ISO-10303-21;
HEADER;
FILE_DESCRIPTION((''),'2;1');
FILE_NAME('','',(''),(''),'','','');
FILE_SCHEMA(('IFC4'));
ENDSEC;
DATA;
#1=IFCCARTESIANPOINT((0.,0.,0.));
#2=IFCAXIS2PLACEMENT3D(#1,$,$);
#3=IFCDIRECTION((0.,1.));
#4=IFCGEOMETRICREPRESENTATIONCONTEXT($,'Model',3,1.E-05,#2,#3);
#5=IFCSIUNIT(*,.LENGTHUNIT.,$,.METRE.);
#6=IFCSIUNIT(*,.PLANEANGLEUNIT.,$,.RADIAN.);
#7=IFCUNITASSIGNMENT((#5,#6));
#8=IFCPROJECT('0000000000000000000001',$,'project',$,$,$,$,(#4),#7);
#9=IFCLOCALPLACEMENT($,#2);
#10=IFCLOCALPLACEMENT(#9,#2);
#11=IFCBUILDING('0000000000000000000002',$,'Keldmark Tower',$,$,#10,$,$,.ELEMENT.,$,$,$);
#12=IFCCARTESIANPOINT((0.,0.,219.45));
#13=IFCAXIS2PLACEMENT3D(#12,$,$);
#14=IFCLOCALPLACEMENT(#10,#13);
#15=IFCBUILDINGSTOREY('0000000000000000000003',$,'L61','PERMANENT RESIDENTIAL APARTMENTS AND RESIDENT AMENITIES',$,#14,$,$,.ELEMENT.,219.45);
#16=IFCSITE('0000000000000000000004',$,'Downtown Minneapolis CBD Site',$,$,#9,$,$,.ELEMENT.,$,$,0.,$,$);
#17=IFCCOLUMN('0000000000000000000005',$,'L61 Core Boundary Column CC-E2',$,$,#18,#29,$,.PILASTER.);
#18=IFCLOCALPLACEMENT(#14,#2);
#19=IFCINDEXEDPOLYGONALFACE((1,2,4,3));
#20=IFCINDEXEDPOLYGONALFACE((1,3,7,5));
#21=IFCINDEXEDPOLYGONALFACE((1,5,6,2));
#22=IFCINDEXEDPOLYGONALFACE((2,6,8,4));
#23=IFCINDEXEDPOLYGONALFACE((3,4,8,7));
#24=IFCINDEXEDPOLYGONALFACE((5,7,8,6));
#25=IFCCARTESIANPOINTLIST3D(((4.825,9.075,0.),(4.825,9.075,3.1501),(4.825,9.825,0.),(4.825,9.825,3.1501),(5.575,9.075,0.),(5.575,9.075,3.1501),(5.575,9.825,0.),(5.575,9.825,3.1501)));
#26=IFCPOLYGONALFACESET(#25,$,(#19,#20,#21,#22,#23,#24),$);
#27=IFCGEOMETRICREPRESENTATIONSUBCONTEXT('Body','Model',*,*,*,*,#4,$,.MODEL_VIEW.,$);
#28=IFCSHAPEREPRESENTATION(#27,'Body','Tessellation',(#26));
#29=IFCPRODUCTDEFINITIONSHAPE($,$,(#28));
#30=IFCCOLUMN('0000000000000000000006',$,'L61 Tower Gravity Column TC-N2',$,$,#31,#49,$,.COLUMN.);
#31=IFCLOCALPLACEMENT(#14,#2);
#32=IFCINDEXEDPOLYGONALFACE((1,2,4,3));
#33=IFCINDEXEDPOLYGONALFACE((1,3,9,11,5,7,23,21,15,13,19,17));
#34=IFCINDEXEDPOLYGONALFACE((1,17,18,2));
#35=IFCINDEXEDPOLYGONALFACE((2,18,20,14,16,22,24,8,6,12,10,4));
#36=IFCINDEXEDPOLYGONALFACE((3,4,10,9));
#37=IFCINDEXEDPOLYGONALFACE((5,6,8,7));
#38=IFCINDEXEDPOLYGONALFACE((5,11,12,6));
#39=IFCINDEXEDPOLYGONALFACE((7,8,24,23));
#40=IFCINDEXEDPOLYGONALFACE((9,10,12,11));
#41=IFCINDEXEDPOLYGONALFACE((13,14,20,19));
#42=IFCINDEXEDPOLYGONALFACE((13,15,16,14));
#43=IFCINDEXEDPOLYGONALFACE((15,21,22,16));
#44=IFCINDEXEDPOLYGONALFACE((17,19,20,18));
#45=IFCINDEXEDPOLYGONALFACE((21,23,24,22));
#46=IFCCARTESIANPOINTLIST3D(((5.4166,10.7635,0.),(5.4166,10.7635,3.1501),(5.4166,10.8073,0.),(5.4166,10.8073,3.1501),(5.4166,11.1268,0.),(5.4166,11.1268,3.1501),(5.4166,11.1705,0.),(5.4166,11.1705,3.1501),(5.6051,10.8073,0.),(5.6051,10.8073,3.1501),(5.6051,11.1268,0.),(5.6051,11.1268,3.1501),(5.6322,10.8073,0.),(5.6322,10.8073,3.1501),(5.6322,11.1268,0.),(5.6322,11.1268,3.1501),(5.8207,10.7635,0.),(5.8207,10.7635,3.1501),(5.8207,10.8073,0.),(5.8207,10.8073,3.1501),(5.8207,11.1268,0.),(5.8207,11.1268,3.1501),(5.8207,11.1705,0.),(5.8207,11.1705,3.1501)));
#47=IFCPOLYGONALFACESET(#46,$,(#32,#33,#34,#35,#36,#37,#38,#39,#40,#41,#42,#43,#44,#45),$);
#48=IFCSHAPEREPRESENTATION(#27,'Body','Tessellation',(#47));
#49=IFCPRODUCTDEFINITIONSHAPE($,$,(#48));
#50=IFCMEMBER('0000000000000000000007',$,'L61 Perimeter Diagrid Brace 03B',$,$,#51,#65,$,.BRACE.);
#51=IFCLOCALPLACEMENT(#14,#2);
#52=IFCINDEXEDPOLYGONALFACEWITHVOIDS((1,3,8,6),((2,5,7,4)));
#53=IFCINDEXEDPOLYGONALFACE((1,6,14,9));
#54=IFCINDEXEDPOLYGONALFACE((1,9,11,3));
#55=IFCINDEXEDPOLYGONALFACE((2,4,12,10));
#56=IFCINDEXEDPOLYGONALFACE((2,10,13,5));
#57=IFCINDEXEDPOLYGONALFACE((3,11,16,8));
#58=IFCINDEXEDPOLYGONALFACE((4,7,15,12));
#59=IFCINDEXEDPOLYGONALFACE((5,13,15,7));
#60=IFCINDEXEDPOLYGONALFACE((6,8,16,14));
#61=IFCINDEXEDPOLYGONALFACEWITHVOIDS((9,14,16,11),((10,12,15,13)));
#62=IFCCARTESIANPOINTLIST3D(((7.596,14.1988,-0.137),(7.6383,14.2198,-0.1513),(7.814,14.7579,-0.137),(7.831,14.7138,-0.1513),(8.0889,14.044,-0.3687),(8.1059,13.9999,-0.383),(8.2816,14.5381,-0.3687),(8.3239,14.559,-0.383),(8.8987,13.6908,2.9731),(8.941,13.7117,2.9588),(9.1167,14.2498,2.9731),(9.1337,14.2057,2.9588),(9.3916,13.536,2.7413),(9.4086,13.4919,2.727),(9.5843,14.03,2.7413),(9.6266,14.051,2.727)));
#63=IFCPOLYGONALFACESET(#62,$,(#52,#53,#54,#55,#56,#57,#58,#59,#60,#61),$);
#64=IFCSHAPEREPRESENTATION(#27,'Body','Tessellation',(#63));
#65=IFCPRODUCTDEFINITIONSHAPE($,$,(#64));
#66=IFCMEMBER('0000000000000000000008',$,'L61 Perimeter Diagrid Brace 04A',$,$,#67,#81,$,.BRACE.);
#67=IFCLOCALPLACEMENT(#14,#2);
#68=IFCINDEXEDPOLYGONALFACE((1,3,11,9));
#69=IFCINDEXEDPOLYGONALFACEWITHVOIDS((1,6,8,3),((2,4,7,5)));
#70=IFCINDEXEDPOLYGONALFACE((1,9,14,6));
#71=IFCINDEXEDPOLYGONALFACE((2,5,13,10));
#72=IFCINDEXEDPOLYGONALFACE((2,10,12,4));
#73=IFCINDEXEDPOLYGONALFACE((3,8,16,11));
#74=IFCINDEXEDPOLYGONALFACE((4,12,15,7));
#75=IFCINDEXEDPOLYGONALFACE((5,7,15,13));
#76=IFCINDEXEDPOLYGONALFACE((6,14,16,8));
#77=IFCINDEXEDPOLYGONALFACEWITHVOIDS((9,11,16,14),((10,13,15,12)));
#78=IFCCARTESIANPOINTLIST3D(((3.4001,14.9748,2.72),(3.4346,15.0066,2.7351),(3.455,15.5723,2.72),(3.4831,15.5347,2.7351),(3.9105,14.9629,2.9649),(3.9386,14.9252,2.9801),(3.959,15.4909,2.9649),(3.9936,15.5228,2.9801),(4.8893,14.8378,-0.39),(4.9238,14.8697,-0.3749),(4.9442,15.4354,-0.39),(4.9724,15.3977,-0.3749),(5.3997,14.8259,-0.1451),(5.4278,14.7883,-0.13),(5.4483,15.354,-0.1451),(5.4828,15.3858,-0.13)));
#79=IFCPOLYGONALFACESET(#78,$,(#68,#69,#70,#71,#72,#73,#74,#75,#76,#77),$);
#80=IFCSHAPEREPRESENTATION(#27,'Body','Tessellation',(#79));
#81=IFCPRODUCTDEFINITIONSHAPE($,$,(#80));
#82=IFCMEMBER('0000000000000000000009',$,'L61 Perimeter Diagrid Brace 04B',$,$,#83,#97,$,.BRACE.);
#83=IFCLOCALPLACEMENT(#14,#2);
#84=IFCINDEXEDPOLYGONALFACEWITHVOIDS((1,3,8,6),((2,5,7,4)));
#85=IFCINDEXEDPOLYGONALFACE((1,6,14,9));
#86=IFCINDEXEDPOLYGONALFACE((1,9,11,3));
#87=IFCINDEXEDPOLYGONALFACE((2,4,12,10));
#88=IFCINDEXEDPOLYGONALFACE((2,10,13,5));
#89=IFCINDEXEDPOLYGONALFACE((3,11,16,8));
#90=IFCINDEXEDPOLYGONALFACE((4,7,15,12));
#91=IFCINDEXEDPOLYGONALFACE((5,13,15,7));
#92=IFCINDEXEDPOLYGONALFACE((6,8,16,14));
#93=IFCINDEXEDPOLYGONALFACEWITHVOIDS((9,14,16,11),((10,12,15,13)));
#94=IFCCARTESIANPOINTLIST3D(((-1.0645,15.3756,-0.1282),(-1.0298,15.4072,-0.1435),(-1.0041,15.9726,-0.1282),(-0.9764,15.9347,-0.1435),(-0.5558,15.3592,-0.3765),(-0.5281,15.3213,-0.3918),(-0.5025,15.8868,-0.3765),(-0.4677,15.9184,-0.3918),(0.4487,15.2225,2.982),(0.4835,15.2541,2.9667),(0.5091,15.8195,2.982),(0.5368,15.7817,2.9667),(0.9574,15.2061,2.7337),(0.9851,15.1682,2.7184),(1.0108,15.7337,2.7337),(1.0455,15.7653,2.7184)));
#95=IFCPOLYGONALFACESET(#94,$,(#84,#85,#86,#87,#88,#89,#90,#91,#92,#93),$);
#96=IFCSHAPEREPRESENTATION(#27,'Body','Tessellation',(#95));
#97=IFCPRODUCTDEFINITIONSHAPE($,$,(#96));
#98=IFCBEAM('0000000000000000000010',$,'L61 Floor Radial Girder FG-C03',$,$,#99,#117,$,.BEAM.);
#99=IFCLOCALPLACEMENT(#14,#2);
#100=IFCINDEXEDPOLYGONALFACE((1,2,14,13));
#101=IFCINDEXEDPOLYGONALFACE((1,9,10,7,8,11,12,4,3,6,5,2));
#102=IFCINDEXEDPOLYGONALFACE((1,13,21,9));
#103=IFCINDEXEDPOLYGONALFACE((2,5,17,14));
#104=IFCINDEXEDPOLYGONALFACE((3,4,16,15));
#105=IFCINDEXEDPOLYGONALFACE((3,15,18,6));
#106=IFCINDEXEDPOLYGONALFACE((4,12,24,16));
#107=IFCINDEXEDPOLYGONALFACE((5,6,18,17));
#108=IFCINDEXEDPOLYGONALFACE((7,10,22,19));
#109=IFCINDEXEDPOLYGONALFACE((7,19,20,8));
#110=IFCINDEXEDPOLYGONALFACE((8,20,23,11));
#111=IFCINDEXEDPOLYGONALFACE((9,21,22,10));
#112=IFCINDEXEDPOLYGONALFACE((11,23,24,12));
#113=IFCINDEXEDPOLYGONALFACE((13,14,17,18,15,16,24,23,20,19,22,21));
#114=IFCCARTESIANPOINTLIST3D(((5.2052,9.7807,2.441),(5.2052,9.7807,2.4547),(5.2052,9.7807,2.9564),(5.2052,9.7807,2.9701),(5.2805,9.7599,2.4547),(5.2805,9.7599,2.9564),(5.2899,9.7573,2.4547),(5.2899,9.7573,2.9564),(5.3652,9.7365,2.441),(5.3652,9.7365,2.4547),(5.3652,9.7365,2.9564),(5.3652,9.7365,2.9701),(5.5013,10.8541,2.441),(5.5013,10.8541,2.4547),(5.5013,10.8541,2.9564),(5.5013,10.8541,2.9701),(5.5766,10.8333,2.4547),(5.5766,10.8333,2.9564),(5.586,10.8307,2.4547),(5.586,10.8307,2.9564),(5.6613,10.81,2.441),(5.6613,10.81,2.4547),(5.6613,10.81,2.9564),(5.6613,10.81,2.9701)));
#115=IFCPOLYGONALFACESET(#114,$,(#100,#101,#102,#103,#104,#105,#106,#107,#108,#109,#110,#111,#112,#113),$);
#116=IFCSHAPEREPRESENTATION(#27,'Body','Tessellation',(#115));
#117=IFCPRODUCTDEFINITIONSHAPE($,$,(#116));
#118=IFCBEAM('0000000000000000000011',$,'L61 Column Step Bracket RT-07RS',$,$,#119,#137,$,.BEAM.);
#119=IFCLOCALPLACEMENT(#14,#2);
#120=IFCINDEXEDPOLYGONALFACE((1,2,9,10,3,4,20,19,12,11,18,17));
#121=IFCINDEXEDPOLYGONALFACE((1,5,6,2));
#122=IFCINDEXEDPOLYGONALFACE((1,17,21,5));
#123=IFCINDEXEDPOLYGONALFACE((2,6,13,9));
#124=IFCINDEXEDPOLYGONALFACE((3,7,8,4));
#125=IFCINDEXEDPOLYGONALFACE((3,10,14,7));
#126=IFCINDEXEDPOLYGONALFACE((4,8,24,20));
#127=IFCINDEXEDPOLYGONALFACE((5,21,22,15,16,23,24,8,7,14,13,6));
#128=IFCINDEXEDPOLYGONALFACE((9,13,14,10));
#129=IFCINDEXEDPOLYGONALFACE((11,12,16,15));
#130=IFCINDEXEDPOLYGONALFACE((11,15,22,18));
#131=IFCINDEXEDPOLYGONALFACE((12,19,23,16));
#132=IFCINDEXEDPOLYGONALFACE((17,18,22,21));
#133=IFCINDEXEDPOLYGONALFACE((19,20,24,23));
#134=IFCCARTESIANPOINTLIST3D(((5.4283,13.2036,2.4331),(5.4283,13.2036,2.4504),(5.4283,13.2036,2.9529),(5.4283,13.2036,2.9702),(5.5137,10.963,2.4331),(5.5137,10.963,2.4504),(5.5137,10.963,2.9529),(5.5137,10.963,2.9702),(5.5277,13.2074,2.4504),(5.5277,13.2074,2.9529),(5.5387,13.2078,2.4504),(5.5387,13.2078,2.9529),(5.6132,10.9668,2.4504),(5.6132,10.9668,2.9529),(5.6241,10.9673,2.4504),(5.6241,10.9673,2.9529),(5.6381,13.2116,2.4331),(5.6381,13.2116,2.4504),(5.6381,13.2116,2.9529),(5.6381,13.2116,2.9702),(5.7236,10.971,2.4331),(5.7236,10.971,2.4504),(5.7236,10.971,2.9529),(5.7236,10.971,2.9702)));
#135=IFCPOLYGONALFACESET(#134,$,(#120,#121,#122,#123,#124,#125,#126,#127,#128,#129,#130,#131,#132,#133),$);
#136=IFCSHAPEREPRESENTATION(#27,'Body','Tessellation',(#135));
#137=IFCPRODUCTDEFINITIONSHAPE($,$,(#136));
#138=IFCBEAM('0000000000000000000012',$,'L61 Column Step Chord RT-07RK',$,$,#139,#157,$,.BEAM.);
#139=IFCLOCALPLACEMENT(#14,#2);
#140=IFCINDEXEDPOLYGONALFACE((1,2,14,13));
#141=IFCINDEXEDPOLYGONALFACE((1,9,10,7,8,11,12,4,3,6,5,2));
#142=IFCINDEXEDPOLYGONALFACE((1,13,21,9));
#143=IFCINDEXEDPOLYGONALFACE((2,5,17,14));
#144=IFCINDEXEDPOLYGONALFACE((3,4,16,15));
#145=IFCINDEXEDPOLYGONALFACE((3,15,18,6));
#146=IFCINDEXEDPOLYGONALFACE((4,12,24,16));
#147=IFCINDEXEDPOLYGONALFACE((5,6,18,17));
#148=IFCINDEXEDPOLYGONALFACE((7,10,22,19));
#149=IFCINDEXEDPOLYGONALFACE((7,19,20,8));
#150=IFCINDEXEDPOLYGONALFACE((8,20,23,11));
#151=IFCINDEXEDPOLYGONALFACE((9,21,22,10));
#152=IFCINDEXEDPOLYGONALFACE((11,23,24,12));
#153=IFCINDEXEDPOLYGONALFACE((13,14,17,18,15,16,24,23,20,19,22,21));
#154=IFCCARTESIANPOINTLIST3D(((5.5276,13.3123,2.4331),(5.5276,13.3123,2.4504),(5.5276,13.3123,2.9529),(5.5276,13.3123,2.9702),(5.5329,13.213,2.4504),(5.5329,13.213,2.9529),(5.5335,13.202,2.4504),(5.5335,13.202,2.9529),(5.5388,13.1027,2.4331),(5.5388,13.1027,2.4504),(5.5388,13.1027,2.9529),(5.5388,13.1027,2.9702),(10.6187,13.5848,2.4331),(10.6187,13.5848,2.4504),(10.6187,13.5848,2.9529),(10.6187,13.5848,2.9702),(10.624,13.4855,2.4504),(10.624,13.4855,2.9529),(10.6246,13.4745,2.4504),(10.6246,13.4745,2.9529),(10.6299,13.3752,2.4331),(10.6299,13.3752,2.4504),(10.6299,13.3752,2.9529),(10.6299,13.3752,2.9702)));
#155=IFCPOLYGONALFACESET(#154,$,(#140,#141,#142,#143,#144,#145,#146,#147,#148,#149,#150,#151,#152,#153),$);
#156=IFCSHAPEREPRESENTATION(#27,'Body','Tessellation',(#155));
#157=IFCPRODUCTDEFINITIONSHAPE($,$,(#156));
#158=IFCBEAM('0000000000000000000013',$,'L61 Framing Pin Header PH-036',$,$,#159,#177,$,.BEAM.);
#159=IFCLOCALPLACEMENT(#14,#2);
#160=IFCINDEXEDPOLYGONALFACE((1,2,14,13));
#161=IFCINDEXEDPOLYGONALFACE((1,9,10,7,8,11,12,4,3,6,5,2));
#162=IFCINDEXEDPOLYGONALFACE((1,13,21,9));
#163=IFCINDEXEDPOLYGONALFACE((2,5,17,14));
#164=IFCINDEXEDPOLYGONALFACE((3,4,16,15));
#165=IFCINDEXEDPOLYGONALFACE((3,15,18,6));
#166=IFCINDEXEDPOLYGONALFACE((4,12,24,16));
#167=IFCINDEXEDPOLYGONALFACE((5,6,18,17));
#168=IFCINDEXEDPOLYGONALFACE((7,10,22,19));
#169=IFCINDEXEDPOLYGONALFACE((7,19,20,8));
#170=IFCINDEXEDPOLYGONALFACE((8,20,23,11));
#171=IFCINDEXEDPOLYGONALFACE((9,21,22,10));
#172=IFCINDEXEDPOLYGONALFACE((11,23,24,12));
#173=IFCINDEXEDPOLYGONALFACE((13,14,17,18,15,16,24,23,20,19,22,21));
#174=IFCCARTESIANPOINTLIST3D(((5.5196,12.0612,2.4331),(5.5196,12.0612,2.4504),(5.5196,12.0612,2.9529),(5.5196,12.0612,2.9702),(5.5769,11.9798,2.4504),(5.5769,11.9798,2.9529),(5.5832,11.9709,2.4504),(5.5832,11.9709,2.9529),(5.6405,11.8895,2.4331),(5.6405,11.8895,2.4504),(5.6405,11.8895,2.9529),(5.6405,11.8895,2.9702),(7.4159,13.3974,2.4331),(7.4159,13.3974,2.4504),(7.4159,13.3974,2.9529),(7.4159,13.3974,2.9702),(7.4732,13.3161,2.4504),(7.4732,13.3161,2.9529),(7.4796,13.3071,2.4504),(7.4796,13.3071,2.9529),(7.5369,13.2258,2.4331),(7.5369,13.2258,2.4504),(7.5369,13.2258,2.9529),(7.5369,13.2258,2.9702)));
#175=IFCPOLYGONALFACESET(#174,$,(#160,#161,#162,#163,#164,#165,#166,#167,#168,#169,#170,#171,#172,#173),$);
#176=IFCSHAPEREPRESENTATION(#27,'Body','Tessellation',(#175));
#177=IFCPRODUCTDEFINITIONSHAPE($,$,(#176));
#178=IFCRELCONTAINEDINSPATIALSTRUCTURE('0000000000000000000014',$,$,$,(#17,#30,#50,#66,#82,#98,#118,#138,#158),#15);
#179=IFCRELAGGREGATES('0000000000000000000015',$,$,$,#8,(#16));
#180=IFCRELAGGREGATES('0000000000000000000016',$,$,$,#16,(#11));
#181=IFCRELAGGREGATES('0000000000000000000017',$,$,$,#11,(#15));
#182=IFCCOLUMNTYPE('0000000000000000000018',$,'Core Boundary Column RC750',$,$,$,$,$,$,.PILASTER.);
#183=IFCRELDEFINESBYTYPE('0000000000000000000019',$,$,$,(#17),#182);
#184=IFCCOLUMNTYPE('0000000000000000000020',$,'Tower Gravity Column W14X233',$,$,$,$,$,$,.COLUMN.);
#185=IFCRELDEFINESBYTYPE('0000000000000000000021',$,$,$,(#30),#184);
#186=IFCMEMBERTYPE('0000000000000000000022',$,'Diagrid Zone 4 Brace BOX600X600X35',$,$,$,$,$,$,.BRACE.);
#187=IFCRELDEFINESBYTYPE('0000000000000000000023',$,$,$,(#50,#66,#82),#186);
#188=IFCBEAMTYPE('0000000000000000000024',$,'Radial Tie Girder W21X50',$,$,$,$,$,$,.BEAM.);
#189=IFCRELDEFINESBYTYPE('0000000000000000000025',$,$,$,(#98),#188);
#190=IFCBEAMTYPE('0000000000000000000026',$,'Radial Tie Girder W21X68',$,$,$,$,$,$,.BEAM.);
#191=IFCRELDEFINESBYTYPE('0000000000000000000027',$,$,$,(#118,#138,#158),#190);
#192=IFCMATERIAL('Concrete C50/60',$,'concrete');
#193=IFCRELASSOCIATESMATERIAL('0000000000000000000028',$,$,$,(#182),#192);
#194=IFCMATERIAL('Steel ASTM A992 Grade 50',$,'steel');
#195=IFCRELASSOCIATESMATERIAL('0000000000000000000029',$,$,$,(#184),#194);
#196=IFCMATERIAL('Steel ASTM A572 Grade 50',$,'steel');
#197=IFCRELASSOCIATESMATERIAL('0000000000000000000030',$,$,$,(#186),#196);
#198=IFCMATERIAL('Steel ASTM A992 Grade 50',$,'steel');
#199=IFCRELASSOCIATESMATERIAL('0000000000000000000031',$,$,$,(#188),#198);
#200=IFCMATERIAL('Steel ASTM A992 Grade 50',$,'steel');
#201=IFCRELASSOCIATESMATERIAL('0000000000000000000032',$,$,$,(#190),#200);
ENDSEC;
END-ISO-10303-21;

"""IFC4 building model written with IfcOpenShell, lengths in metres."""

from ifc_helpers import new_model, si_unit, direction, frame, origin, origin_2d, place, context, subcontext, project, spatial, rectangle, hollow_rectangle, i_section, extrude, material, material_profile, profile_set, type_object, element, save


model = new_model("IFC4")

# Units and contexts
model_context = context("Model", 3, precision=1e-05, world=origin(), true_north=direction((0.0, 1.0)))
body_context = subcontext(model_context, "Body", "Model", "MODEL_VIEW")
ifc_project = project(units=[si_unit("LENGTHUNIT", "METRE"), si_unit("PLANEANGLEUNIT", "RADIAN")], contexts=[model_context])

# Site, building, storey
site_placement = place(None, origin())
site = spatial("IfcSite", under=ifc_project, at=site_placement, Name="Downtown Minneapolis CBD Site", CompositionType="ELEMENT", RefElevation=0.0)
building_placement = place(site_placement, origin())
building = spatial("IfcBuilding", under=site, at=building_placement, Name="Keldmark Tower", CompositionType="ELEMENT")
storey_placement = place(building_placement, frame((0.0, 0.0, 219.45)))
storey = spatial("IfcBuildingStorey", under=building, at=storey_placement, Name="L61", Description="PERMANENT RESIDENTIAL APARTMENTS AND RESIDENT AMENITIES", CompositionType="ELEMENT", Elevation=219.45)

# Columns
ifc_material_1 = material(Name="Concrete C50/60", Category="concrete")
ifc_material_profile_1 = material_profile(ifc_material_1, rectangle(XDim=0.75, YDim=0.75, at=origin_2d()), Name="RC750X750")
ifc_profile_set_1 = profile_set([ifc_material_profile_1], Name="Concrete C50/60")
column_type_1 = type_object("IfcColumnType", Name="Core Boundary Column RC750", PredefinedType="PILASTER", material=ifc_profile_set_1)
column_1_placement = place(storey_placement, frame((5.2, 9.45, 0.0), z_axis=(0.0, 0.0, 1.0), x_axis=(1.0, 0.0, 0.0)))
element("IfcColumn", 1, at=column_1_placement, inside=storey, type_object=column_type_1, Name="L61 Core Boundary Column CC-E2", PredefinedType="PILASTER", context=body_context, shape_type="SweptSolid", body=[
    extrude(rectangle(XDim=0.75, YDim=0.75, at=origin_2d()), origin(), (0.0, 0.0, 1.0), 3.1501),
])
ifc_material_2 = material(Name="Steel ASTM A992 Grade 50", Category="steel")
ifc_material_profile_2 = material_profile(ifc_material_2, i_section(OverallWidth=0.4041, OverallDepth=0.407, WebThickness=0.0271, FlangeThickness=0.0437, at=origin_2d()), Name="W14X233")
ifc_profile_set_2 = profile_set([ifc_material_profile_2], Name="Steel ASTM A992 Grade 50")
column_type_2 = type_object("IfcColumnType", Name="Tower Gravity Column W14X233", PredefinedType="COLUMN", material=ifc_profile_set_2)
column_2_placement = place(storey_placement, frame((5.6187, 10.967, 0.0), z_axis=(0.0, 0.0, 1.0), x_axis=(1.0, 0.0, 0.0)))
element("IfcColumn", 2, at=column_2_placement, inside=storey, type_object=column_type_2, Name="L61 Tower Gravity Column TC-N2", PredefinedType="COLUMN", context=body_context, shape_type="SweptSolid", body=[
    extrude(i_section(OverallWidth=0.4041, OverallDepth=0.407, WebThickness=0.0271, FlangeThickness=0.0437, at=origin_2d()), origin(), (0.0, 0.0, 1.0), 3.1501),
])

# Members
ifc_material_3 = material(Name="Steel ASTM A572 Grade 50", Category="steel")
ifc_material_profile_3 = material_profile(ifc_material_3, hollow_rectangle(XDim=0.6001, YDim=0.6001, WallThickness=0.0349, at=origin_2d()), Name="BOX600X600X35")
ifc_profile_set_3 = profile_set([ifc_material_profile_3], Name="Steel ASTM A572 Grade 50")
member_type = type_object("IfcMemberType", Name="Diagrid Zone 4 Brace BOX600X600X35", PredefinedType="BRACE", material=ifc_profile_set_3)
member_1_placement = place(storey_placement, frame((7.96, 14.3789, -0.26), z_axis=(0.382035, -0.148991, 0.912059), x_axis=(0.363339, 0.931657, 0.0)))
element("IfcMember", 3, at=member_1_placement, inside=storey, type_object=member_type, Name="L61 Perimeter Diagrid Brace 03B", PredefinedType="BRACE", context=body_context, shape_type="SweptSolid", body=[
    extrude(hollow_rectangle(XDim=0.6001, YDim=0.6001, WallThickness=0.0349, at=origin_2d()), origin(), (0.0, 0.0, 1.0), 3.4099),
])
member_2_placement = place(storey_placement, frame((5.186, 15.1118, -0.26), z_axis=(-0.431544, 0.039688, 0.901219), x_axis=(-0.091581, -0.995798, 0.0)))
element("IfcMember", 4, at=member_2_placement, inside=storey, type_object=member_type, Name="L61 Perimeter Diagrid Brace 04A", PredefinedType="BRACE", context=body_context, shape_type="SweptSolid", body=[
    extrude(hollow_rectangle(XDim=0.6001, YDim=0.6001, WallThickness=0.0349, at=origin_2d()), origin(), (0.0, 0.0, 1.0), 3.4509),
])
member_3_placement = place(storey_placement, frame((-0.7661, 15.647, -0.26), z_axis=(0.437075, -0.044215, 0.898338), x_axis=(0.100648, 0.994922, 0.0)))
element("IfcMember", 5, at=member_3_placement, inside=storey, type_object=member_type, Name="L61 Perimeter Diagrid Brace 04B", PredefinedType="BRACE", context=body_context, shape_type="SweptSolid", body=[
    extrude(hollow_rectangle(XDim=0.6001, YDim=0.6001, WallThickness=0.0349, at=origin_2d()), origin(), (0.0, 0.0, 1.0), 3.4622),
])

# Beams
ifc_material_4 = material(Name="Steel ASTM A992 Grade 50", Category="steel")
ifc_material_profile_4 = material_profile(ifc_material_4, i_section(OverallWidth=0.166, OverallDepth=0.5291, WebThickness=0.0098, FlangeThickness=0.0137, at=origin_2d()), Name="W21X50")
ifc_profile_set_4 = profile_set([ifc_material_profile_4], Name="Steel ASTM A992 Grade 50")
beam_type_1 = type_object("IfcBeamType", Name="Radial Tie Girder W21X50", PredefinedType="BEAM", material=ifc_profile_set_4)
beam_1_placement = place(storey_placement, frame((5.5813, 10.832, 2.7056), z_axis=(-0.265936, -0.963991, 0.0), x_axis=(0.963991, -0.265936, 0.0)))
element("IfcBeam", 6, at=beam_1_placement, inside=storey, type_object=beam_type_1, Name="L61 Floor Radial Girder FG-C03", PredefinedType="BEAM", context=body_context, shape_type="SweptSolid", body=[
    extrude(i_section(OverallWidth=0.166, OverallDepth=0.5291, WebThickness=0.0098, FlangeThickness=0.0137, at=origin_2d()), origin(), (0.0, 0.0, 1.0), 1.1135),
])
ifc_material_5 = material(Name="Steel ASTM A992 Grade 50", Category="steel")
ifc_material_profile_5 = material_profile(ifc_material_5, i_section(OverallWidth=0.21, OverallDepth=0.5371, WebThickness=0.011, FlangeThickness=0.0173, at=origin_2d()), Name="W21X68")
ifc_profile_set_5 = profile_set([ifc_material_profile_5], Name="Steel ASTM A992 Grade 50")
beam_type_2 = type_object("IfcBeamType", Name="Radial Tie Girder W21X68", PredefinedType="BEAM", material=ifc_profile_set_5)
beam_2_placement = place(storey_placement, frame((5.6187, 10.967, 2.7017), z_axis=(-0.038111, 0.999274, 0.0), x_axis=(-0.999274, -0.038111, 0.0)))
element("IfcBeam", 7, at=beam_2_placement, inside=storey, type_object=beam_type_2, Name="L61 Column Step Bracket RT-07RS", PredefinedType="BEAM", context=body_context, shape_type="SweptSolid", body=[
    extrude(i_section(OverallWidth=0.21, OverallDepth=0.5371, WebThickness=0.011, FlangeThickness=0.0173, at=origin_2d()), origin(), (0.0, 0.0, 1.0), 2.2422),
])
beam_3_placement = place(storey_placement, frame((5.5332, 13.2075, 2.7017), z_axis=(0.998571, 0.053441, 0.0), x_axis=(-0.053441, 0.998571, 0.0)))
element("IfcBeam", 8, at=beam_3_placement, inside=storey, type_object=beam_type_2, Name="L61 Column Step Chord RT-07RK", PredefinedType="BEAM", context=body_context, shape_type="SweptSolid", body=[
    extrude(i_section(OverallWidth=0.21, OverallDepth=0.5371, WebThickness=0.011, FlangeThickness=0.0173, at=origin_2d()), origin(), (0.0, 0.0, 1.0), 5.0984),
])
beam_4_placement = place(storey_placement, frame((5.5801, 11.9753, 2.7017), z_axis=(0.817443, 0.576009, 0.0), x_axis=(-0.576009, 0.817443, 0.0)))
element("IfcBeam", 9, at=beam_4_placement, inside=storey, type_object=beam_type_2, Name="L61 Framing Pin Header PH-036", PredefinedType="BEAM", context=body_context, shape_type="SweptSolid", body=[
    extrude(i_section(OverallWidth=0.21, OverallDepth=0.5371, WebThickness=0.011, FlangeThickness=0.0173, at=origin_2d()), origin(), (0.0, 0.0, 1.0), 2.3198),
])

save(model, "model.ifc")
